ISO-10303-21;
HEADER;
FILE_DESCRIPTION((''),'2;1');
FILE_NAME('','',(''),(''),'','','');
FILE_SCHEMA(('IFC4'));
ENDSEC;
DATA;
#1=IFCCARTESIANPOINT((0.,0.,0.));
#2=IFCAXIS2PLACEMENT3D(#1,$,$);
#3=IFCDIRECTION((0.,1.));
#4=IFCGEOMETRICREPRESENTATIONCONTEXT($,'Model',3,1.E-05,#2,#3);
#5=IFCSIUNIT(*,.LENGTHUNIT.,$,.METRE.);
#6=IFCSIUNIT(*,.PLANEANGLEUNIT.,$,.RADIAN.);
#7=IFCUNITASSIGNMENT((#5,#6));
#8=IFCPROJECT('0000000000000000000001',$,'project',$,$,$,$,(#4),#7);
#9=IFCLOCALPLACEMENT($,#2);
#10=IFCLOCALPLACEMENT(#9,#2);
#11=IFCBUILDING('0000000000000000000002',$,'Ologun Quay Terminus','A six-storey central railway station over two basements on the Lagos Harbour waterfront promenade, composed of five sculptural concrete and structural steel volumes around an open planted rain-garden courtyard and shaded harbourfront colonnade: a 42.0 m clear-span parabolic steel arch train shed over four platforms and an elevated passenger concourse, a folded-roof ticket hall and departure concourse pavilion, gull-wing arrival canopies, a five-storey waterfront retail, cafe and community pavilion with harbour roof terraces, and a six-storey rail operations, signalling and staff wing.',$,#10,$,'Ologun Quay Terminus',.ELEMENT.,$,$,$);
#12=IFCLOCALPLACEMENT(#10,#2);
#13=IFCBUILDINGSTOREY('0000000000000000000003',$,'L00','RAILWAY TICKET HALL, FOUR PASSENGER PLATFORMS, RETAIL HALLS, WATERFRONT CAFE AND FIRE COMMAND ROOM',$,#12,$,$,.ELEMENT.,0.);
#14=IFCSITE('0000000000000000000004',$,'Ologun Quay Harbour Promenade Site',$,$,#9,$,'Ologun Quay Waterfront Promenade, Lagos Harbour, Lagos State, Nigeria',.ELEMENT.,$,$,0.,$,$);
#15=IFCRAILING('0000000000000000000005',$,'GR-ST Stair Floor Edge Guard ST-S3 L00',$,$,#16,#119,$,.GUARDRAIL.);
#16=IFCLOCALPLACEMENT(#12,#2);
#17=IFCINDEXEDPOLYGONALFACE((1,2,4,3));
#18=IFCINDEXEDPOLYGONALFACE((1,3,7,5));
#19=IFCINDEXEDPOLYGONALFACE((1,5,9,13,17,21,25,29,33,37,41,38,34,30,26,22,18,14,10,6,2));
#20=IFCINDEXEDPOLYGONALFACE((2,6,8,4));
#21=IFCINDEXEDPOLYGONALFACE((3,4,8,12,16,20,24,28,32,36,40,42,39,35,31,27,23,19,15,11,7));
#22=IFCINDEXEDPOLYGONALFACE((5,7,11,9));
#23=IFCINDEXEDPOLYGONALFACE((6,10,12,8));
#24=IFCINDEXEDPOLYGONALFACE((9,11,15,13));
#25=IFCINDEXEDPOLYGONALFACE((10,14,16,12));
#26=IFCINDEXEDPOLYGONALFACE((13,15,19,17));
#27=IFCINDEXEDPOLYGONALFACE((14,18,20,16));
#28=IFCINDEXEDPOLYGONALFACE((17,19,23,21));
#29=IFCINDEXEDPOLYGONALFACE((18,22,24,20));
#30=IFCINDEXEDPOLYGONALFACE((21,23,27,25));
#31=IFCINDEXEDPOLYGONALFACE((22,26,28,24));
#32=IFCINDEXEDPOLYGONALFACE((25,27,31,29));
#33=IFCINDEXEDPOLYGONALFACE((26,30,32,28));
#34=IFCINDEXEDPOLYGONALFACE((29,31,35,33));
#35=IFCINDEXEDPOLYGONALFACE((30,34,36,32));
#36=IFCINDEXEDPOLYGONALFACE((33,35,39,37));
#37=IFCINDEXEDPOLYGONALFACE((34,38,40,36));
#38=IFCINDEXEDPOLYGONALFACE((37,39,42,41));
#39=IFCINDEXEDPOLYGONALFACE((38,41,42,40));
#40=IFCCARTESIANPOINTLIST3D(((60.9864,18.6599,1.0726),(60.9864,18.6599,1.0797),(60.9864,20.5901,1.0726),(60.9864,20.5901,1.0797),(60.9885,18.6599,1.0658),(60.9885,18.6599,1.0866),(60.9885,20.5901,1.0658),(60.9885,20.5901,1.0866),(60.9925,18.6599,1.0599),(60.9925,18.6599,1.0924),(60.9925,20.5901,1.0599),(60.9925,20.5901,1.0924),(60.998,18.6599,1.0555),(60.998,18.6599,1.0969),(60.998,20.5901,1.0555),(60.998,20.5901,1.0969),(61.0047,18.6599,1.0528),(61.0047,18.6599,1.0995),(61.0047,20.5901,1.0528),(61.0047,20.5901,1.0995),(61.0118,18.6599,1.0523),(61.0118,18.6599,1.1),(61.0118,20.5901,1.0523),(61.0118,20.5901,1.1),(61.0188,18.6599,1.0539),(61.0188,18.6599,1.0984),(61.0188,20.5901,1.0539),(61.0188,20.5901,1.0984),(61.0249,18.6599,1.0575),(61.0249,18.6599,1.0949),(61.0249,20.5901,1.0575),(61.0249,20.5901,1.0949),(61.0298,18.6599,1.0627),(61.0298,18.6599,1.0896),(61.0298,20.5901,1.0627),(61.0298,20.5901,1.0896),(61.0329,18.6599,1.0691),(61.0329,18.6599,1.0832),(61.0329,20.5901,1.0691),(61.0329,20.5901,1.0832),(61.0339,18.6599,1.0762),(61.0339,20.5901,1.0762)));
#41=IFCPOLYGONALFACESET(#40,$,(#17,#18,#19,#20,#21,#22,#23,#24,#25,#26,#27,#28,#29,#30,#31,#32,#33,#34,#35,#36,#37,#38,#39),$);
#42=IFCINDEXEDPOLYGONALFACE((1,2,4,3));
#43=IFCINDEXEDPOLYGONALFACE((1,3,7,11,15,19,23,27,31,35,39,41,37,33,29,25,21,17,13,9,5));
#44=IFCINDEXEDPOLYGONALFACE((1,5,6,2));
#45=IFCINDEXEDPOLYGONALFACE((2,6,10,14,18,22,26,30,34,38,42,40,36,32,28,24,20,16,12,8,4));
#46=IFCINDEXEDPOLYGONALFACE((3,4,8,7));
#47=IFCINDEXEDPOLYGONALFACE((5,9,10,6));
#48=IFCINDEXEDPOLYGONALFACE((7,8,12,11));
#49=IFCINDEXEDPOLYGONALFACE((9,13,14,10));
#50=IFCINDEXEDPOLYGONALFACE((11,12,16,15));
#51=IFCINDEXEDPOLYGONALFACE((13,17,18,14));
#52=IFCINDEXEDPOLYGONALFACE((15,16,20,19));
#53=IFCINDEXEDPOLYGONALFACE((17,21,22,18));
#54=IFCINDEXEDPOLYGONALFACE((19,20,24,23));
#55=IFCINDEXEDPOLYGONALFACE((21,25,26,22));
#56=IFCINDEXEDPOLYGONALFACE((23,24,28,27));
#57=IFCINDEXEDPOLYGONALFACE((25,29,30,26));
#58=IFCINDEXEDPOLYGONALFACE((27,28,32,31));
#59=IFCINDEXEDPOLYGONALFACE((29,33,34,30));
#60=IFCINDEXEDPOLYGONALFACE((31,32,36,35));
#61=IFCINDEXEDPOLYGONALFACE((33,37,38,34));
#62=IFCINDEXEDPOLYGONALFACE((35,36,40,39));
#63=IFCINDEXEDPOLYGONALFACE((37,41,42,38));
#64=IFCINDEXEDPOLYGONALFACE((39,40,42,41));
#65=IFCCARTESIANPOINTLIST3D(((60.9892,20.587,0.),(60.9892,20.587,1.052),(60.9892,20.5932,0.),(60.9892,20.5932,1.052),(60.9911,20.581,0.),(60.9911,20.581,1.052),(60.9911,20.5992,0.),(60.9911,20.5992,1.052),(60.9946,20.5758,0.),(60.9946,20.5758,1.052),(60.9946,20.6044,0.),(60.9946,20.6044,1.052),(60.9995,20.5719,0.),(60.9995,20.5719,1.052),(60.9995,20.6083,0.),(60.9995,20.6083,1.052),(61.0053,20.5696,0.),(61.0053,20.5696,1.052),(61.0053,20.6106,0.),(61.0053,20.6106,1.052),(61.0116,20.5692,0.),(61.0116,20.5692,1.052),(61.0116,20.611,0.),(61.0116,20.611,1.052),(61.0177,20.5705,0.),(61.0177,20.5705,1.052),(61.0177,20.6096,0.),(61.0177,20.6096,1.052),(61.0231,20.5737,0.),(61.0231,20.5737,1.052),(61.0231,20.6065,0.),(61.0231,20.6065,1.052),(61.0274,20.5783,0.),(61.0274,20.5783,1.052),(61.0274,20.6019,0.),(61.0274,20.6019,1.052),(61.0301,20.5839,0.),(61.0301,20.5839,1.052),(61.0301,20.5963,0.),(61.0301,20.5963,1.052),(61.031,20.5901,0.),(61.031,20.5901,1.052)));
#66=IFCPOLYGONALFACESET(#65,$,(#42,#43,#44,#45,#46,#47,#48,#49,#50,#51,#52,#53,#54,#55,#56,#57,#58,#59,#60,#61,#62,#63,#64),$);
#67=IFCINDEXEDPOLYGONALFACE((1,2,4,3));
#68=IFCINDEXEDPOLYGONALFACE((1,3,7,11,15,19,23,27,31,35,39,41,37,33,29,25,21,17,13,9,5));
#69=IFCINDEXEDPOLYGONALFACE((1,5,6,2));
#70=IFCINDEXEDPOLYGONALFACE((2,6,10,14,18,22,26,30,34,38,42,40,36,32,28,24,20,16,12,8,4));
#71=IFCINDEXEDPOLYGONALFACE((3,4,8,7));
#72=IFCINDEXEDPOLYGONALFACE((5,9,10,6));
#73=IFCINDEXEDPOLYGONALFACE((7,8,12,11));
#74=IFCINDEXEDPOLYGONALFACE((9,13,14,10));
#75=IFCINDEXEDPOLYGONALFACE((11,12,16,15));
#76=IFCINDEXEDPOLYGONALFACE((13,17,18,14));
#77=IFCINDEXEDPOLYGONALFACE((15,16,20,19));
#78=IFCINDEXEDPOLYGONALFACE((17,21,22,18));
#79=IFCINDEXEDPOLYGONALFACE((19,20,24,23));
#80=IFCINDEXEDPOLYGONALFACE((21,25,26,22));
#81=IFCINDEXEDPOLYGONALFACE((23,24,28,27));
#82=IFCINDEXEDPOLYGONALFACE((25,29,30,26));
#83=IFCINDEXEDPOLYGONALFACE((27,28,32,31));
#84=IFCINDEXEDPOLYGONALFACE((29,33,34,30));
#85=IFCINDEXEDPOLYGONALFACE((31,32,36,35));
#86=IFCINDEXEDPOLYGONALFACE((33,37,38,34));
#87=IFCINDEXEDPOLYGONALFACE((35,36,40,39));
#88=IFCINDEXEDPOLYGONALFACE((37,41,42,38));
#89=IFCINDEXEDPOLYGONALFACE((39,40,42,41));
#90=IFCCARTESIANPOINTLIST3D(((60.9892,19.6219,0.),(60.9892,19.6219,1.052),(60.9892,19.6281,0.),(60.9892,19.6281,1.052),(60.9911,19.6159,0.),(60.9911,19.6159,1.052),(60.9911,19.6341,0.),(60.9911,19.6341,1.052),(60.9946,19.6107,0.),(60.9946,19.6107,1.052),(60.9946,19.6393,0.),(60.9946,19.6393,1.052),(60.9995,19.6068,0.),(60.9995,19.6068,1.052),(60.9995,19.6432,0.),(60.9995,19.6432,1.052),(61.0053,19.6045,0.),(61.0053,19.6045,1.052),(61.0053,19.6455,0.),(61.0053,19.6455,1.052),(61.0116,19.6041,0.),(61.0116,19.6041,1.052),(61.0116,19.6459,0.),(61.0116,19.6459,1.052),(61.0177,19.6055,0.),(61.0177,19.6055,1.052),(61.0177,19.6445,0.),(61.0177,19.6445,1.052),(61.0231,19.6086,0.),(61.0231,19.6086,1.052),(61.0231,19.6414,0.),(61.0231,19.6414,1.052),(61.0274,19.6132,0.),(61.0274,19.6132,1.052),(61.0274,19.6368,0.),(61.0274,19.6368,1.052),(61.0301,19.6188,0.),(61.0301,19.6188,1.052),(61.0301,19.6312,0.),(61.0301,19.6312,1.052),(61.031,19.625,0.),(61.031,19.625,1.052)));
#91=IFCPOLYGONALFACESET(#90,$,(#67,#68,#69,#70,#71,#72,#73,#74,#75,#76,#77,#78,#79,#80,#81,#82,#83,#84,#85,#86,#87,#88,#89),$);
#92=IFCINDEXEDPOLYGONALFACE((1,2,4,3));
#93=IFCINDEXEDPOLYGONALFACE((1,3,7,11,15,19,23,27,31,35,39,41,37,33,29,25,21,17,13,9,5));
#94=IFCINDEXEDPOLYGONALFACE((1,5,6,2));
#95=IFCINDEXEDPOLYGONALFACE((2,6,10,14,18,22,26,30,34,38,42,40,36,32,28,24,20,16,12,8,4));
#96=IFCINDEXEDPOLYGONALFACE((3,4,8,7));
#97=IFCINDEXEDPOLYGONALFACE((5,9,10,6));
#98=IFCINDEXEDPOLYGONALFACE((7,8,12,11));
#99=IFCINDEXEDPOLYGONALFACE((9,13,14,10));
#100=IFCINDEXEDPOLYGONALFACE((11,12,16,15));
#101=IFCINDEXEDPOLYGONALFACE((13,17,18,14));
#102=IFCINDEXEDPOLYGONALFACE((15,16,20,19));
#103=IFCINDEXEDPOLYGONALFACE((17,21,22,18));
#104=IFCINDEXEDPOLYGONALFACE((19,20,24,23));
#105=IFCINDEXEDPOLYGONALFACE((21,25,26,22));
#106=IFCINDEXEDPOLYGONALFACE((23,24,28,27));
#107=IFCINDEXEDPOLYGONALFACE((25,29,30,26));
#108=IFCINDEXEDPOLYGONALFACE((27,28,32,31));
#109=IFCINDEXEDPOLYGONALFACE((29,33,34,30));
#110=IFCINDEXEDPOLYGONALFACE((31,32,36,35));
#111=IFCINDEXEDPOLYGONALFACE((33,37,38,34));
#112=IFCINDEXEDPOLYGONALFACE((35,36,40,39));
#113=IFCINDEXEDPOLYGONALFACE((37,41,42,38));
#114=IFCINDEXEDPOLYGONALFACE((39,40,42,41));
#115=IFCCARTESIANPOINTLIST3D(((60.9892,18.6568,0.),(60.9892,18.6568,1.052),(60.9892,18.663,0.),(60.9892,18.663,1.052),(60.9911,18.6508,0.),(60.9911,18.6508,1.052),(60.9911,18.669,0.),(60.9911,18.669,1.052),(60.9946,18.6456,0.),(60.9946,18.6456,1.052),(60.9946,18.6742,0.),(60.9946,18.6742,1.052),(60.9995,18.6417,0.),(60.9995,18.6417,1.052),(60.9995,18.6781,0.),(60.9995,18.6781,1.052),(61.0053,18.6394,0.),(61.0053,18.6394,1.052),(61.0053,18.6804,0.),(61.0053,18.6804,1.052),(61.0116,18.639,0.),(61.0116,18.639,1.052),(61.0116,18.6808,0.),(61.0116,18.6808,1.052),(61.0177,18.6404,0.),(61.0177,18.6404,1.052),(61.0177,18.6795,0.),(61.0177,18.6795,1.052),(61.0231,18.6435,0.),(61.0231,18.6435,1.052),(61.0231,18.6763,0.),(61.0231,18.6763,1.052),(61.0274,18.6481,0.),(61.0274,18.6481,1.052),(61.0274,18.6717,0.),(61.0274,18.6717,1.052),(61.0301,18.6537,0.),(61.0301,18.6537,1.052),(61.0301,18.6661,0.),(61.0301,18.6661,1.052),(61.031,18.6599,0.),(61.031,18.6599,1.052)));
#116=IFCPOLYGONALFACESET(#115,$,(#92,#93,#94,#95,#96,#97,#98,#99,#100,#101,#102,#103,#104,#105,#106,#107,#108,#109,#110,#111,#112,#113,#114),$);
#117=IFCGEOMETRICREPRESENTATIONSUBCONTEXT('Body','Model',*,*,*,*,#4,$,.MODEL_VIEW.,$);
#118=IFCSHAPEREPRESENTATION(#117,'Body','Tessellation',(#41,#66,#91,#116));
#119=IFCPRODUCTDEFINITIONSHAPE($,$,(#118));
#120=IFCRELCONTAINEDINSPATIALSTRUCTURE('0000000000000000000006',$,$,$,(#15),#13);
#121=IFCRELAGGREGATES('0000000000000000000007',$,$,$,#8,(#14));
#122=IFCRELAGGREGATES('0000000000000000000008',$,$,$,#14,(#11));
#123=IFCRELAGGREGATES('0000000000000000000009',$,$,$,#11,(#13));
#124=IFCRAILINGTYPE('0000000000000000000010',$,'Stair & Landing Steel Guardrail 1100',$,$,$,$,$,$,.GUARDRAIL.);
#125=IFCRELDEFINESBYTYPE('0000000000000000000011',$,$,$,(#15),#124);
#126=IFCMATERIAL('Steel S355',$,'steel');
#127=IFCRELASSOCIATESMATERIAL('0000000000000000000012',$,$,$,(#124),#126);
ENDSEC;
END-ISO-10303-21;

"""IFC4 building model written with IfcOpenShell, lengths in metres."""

from ifc_helpers import new_model, si_unit, direction, frame, origin, origin_2d, place, context, subcontext, project, spatial, circle, extrude, material, type_object, element, save


model = new_model("IFC4")

# Units and contexts
model_context = context("Model", 3, precision=1e-05, world=origin(), true_north=direction((0.0, 1.0)))
body_context = subcontext(model_context, "Body", "Model", "MODEL_VIEW")
ifc_project = project(units=[si_unit("LENGTHUNIT", "METRE"), si_unit("PLANEANGLEUNIT", "RADIAN")], contexts=[model_context])

# Site, building, storey
site_placement = place(None, origin())
site = spatial("IfcSite", under=ifc_project, at=site_placement, Name="Ologun Quay Harbour Promenade Site", LongName="Ologun Quay Waterfront Promenade, Lagos Harbour, Lagos State, Nigeria", CompositionType="ELEMENT", RefElevation=0.0)
building_placement = place(site_placement, origin())
building = spatial("IfcBuilding", under=site, at=building_placement, Name="Ologun Quay Terminus", Description="A six-storey central railway station over two basements on the Lagos Harbour waterfront promenade, composed of five sculptural concrete and structural steel volumes around an open planted rain-garden courtyard and shaded harbourfront colonnade: a 42.0 m clear-span parabolic steel arch train shed over four platforms and an elevated passenger concourse, a folded-roof ticket hall and departure concourse pavilion, gull-wing arrival canopies, a five-storey waterfront retail, cafe and community pavilion with harbour roof terraces, and a six-storey rail operations, signalling and staff wing.", LongName="Ologun Quay Terminus", CompositionType="ELEMENT")
storey_placement = place(building_placement, origin())
storey = spatial("IfcBuildingStorey", under=building, at=storey_placement, Name="L00", Description="RAILWAY TICKET HALL, FOUR PASSENGER PLATFORMS, RETAIL HALLS, WATERFRONT CAFE AND FIRE COMMAND ROOM", CompositionType="ELEMENT", Elevation=0.0)

# Railing
ifc_material_1 = material(Name="Steel S355", Category="steel")
railing_type_1 = type_object("IfcRailingType", Name="Stair & Landing Steel Guardrail 1100", PredefinedType="GUARDRAIL", material=ifc_material_1)
railing_1_placement = place(storey_placement, frame((61.01, 20.5901, 0.0)))
element("IfcRailing", 1, at=railing_1_placement, inside=storey, type_object=railing_type_1, Name="GR-ST Stair Floor Edge Guard ST-S3 L00", PredefinedType="GUARDRAIL", context=body_context, shape_type="SweptSolid", body=[
    extrude(circle(Radius=0.0239, at=origin_2d()), frame((0.0, 0.0, 1.0762), z_axis=(0.0, -1.0, 0.0), x_axis=(1.0, 0.0, 0.0)), (0.0, 0.0, 1.0), 1.9302),
    extrude(circle(Radius=0.021, at=origin_2d()), origin(), (0.0, 0.0, 1.0), 1.052),
    extrude(circle(Radius=0.021, at=origin_2d()), frame((0.0, -0.9651, 0.0)), (0.0, 0.0, 1.0), 1.052),
    extrude(circle(Radius=0.021, at=origin_2d()), frame((0.0, -1.9302, 0.0)), (0.0, 0.0, 1.0), 1.052),
])

save(model, "model.ifc")
